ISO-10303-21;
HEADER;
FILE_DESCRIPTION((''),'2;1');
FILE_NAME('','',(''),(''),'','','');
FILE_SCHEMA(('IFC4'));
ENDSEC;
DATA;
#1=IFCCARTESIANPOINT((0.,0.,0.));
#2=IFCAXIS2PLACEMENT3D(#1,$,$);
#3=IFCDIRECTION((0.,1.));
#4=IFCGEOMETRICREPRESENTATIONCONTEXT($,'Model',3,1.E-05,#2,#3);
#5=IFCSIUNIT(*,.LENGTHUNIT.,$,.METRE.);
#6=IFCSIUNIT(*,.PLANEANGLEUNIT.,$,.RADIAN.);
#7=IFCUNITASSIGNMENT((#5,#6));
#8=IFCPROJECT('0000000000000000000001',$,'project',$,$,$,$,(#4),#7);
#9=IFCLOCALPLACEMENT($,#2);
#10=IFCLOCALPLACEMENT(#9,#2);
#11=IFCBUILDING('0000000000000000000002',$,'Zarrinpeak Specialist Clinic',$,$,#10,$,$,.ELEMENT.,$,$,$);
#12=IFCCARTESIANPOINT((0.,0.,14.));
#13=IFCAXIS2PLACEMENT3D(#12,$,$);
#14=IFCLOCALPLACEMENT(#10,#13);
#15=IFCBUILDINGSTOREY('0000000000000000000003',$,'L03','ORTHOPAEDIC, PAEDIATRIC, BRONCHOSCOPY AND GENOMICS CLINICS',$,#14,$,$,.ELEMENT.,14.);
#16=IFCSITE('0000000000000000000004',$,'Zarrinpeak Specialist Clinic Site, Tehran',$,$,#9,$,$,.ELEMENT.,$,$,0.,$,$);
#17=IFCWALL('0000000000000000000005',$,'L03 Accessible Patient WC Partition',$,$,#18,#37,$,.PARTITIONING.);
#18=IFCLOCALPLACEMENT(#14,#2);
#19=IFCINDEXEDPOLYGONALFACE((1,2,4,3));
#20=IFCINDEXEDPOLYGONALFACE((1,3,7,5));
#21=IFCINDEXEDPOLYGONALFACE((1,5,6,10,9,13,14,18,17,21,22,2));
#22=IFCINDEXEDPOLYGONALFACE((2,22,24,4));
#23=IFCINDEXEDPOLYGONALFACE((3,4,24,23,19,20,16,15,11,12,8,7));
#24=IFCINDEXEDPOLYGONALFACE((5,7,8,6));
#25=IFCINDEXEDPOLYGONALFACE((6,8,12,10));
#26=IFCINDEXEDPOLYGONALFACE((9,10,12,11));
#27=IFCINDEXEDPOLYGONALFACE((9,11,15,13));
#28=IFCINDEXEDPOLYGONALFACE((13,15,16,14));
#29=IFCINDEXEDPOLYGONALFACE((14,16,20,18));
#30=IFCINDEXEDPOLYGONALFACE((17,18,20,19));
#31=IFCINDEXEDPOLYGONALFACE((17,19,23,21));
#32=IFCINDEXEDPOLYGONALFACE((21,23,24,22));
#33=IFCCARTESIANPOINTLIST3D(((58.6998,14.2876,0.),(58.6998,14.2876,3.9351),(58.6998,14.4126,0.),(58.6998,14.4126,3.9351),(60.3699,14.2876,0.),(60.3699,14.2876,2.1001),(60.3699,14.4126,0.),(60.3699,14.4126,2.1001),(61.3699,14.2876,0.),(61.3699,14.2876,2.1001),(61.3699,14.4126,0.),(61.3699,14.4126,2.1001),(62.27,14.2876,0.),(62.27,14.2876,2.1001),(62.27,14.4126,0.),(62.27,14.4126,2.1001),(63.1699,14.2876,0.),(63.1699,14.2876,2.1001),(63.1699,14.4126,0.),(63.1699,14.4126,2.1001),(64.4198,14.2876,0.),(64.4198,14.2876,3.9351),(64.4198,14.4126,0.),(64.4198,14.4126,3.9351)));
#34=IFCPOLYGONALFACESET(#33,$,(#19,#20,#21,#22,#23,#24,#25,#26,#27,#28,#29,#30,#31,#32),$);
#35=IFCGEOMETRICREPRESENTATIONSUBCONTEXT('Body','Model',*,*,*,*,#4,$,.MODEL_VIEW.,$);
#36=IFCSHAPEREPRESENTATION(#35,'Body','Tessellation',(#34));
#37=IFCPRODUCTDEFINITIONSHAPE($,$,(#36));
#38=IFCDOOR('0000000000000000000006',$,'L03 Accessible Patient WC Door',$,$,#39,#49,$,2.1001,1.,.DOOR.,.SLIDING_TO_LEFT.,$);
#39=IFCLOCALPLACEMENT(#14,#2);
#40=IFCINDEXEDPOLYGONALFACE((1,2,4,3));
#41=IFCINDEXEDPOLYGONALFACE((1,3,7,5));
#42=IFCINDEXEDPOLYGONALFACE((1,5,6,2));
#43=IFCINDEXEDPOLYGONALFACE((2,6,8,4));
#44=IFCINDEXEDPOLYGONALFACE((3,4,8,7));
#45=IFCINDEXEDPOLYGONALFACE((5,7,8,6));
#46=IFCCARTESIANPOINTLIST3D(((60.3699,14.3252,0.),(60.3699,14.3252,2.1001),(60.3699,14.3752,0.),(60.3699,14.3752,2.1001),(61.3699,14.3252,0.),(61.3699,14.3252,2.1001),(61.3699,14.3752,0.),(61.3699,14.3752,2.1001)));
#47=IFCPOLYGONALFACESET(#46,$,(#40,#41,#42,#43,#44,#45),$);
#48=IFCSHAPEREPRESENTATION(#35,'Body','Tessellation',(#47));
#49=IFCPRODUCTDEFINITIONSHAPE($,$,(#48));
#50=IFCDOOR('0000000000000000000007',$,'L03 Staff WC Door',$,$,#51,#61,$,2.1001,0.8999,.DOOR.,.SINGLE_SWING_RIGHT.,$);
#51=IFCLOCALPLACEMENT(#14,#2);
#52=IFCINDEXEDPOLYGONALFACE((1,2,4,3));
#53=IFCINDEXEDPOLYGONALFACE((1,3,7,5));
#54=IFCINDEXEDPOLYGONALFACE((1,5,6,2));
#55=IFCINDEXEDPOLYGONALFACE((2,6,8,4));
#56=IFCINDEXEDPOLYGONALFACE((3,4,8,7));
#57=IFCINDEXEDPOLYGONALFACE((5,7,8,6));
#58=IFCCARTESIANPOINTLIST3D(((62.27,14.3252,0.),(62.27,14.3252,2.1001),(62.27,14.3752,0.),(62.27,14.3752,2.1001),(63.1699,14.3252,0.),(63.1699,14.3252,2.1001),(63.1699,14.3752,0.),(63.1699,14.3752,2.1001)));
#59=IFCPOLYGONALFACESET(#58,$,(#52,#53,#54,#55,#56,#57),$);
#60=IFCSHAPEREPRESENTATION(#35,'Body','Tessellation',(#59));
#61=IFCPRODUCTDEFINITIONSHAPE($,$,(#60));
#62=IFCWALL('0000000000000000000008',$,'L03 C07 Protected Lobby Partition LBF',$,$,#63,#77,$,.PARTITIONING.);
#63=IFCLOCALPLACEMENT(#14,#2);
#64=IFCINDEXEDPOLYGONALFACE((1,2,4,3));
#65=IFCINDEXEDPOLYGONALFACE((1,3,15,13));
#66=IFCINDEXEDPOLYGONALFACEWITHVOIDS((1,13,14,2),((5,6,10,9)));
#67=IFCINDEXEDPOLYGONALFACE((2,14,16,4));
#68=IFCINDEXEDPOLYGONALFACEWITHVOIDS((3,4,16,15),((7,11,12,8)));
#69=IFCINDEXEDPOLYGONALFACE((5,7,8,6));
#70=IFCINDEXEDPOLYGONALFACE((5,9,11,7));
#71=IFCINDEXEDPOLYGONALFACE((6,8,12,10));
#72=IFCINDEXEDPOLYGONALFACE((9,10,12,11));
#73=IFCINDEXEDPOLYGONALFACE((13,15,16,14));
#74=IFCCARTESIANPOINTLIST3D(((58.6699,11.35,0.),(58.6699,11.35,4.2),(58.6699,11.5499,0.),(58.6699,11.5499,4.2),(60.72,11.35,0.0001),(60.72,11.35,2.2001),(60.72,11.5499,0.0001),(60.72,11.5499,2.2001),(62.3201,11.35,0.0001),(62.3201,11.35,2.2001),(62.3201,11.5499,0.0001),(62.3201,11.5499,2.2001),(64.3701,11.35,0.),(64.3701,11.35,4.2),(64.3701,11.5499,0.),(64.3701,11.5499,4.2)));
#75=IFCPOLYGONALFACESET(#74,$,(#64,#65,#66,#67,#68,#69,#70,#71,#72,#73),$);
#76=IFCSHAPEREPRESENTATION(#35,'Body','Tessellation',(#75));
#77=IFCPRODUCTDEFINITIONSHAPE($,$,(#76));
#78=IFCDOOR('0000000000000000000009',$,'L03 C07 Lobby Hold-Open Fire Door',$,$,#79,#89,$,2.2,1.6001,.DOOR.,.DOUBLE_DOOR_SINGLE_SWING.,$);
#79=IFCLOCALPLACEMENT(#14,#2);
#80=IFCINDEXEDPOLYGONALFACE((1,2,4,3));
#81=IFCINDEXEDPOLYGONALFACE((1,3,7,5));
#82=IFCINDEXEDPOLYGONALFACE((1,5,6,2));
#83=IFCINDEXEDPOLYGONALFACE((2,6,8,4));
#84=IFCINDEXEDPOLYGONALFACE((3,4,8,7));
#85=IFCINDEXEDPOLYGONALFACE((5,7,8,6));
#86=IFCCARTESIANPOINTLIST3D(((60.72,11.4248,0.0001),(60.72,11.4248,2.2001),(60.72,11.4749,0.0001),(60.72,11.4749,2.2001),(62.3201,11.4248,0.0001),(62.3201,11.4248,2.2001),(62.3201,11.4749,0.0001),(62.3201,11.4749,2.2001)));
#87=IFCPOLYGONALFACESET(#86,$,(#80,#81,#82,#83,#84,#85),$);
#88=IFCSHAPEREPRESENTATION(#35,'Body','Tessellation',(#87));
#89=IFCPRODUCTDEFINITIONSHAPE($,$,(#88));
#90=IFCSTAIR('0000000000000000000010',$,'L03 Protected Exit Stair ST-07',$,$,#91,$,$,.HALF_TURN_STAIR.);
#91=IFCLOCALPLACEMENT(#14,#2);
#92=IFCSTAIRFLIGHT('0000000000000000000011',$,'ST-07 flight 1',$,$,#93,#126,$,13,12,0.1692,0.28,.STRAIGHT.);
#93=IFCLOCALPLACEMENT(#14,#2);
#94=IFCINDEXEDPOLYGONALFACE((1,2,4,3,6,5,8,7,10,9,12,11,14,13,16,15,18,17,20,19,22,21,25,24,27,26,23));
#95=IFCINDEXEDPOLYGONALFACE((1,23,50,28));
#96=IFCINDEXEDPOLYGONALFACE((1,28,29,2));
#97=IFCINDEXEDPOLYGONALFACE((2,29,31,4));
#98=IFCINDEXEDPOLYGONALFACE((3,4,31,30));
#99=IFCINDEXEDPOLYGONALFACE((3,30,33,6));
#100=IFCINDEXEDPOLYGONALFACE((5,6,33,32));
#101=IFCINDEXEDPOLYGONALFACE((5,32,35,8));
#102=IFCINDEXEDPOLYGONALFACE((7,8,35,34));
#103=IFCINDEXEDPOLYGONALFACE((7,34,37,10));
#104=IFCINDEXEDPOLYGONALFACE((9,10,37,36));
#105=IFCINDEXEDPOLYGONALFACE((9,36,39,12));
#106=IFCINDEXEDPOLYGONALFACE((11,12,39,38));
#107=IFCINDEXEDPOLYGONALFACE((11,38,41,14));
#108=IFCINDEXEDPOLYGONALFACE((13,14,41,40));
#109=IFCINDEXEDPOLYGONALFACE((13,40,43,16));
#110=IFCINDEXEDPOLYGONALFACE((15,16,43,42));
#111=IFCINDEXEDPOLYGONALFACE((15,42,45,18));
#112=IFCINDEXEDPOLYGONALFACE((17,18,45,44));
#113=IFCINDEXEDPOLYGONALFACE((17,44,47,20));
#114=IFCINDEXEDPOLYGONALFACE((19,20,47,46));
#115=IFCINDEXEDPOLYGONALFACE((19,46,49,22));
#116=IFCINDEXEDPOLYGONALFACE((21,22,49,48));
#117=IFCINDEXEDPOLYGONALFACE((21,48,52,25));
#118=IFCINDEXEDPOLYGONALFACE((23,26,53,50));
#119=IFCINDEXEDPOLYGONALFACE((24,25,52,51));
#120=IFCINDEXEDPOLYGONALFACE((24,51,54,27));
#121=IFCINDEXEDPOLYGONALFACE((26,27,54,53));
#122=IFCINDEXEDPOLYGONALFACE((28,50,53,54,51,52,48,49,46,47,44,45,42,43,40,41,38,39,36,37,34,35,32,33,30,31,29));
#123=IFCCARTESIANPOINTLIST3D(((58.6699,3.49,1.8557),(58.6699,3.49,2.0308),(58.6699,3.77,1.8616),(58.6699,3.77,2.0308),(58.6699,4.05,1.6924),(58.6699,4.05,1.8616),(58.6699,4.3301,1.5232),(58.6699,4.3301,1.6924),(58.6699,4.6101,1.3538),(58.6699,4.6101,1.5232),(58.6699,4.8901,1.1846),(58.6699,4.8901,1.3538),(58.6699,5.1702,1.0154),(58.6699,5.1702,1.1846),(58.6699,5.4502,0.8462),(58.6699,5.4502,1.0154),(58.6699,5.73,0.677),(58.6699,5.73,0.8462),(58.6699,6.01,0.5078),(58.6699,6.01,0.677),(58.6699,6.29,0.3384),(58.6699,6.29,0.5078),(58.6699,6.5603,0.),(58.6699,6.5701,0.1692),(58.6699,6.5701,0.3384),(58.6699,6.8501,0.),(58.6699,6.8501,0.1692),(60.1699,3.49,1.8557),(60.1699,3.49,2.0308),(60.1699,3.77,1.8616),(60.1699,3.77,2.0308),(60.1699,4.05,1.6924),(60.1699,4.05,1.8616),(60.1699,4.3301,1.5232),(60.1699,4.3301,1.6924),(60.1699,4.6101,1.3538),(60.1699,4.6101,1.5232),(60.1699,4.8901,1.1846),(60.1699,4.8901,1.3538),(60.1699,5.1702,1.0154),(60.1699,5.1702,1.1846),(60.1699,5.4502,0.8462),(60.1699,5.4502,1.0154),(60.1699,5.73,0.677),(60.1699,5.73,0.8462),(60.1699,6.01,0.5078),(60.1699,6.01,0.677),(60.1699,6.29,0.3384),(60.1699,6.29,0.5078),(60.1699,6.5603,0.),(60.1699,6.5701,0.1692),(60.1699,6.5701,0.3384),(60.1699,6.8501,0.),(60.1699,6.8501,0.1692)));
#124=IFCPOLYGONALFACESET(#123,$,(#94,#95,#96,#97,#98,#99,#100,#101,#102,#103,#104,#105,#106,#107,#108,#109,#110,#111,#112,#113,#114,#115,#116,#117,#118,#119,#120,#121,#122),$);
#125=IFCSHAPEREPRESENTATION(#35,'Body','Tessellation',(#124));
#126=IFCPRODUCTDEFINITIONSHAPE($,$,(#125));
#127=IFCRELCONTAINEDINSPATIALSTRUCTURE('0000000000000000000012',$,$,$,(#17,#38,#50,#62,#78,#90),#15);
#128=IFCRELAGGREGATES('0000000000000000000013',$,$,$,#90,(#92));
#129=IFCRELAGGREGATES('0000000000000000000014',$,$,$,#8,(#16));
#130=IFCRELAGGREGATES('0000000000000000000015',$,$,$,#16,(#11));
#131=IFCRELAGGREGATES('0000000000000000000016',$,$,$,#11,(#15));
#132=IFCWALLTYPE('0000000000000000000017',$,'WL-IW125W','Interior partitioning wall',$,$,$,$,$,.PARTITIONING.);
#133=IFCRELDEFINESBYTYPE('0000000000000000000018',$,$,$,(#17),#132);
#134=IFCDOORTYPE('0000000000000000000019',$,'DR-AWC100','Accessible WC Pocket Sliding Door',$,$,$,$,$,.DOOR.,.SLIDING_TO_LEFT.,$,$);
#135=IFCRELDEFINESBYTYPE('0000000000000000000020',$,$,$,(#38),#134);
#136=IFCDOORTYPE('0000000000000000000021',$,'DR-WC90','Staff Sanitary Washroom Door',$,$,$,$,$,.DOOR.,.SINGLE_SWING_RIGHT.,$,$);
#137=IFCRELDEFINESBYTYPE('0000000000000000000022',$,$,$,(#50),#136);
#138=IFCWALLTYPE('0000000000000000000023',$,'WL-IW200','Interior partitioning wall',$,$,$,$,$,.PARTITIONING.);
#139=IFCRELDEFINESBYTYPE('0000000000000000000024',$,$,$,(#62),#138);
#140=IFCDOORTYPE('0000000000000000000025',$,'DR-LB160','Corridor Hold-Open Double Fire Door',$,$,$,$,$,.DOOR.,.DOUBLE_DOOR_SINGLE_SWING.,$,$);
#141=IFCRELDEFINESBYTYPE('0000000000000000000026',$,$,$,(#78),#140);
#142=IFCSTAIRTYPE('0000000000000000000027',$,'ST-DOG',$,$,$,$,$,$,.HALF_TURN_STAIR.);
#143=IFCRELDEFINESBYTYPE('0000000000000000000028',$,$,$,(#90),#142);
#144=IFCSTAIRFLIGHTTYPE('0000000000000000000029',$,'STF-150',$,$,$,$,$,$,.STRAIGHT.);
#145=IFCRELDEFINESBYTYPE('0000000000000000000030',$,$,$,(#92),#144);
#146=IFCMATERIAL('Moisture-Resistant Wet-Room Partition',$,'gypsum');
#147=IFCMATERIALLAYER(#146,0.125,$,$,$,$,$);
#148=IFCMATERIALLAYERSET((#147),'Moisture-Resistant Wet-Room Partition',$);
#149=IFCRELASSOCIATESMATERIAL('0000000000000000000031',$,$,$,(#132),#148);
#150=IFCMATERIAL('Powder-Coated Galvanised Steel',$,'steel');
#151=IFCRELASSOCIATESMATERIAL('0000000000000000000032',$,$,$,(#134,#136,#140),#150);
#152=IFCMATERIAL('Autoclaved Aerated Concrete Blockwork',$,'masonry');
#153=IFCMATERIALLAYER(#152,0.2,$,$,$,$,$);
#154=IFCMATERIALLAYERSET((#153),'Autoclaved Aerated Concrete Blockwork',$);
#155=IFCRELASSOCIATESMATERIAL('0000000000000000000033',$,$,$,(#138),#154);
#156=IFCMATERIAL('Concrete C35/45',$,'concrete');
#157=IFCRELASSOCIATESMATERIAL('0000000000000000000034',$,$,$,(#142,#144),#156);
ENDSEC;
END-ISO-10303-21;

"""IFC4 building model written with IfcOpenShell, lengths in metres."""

from ifc_helpers import new_model, si_unit, direction, frame, frame_2d, origin, place, context, subcontext, project, spatial, polyline, rectangle, outline, extrude, material, layer, layer_set, type_object, element, fill, aggregate, save


model = new_model("IFC4")

# Units and contexts
model_context = context("Model", 3, precision=1e-05, world=origin(), true_north=direction((0.0, 1.0)))
body_context = subcontext(model_context, "Body", "Model", "MODEL_VIEW")
ifc_project = project(units=[si_unit("LENGTHUNIT", "METRE"), si_unit("PLANEANGLEUNIT", "RADIAN")], contexts=[model_context])

# Site, building, storey
site_placement = place(None, origin())
site = spatial("IfcSite", under=ifc_project, at=site_placement, Name="Zarrinpeak Specialist Clinic Site, Tehran", CompositionType="ELEMENT", RefElevation=0.0)
building_placement = place(site_placement, origin())
building = spatial("IfcBuilding", under=site, at=building_placement, Name="Zarrinpeak Specialist Clinic", CompositionType="ELEMENT")
storey_placement = place(building_placement, frame((0.0, 0.0, 14.0)))
storey = spatial("IfcBuildingStorey", under=building, at=storey_placement, Name="L03", Description="ORTHOPAEDIC, PAEDIATRIC, BRONCHOSCOPY AND GENOMICS CLINICS", CompositionType="ELEMENT", Elevation=14.0)

# Shared definitions
ifc_material_1 = material(Name="Powder-Coated Galvanised Steel", Category="steel")

# Wall, openings, doors
ifc_material_2 = material(Name="Moisture-Resistant Wet-Room Partition", Category="gypsum")
ifc_layer_1 = layer(ifc_material_2, 0.125)
ifc_layer_set_1 = layer_set([ifc_layer_1], Name="Moisture-Resistant Wet-Room Partition")
wall_type_1 = type_object("IfcWallType", Name="WL-IW125W", Description="Interior partitioning wall", PredefinedType="PARTITIONING", material=ifc_layer_set_1)
wall_1_placement = place(storey_placement, frame((58.7, 14.3501, 0.0), z_axis=(0.0, 0.0, 1.0), x_axis=(1.0, 0.0, 0.0)))
wall_1 = element("IfcWall", 1, at=wall_1_placement, inside=storey, type_object=wall_type_1, Name="L03 Accessible Patient WC Partition", PredefinedType="PARTITIONING", context=body_context, shape_type="SweptSolid", body=[
    extrude(rectangle(XDim=5.72, YDim=0.125, at=frame_2d((2.8599, 0.0))), origin(), (0.0, 0.0, 1.0), 3.9351),
])
opening_1_placement = place(wall_1_placement, frame((1.6699, 0.0, 0.0)))
opening_1 = element("IfcOpeningElement", 2, at=opening_1_placement, cuts=wall_1, PredefinedType="OPENING", context=body_context, shape_type="SweptSolid", body=[
    extrude(rectangle(XDim=1.0, YDim=2.1001, at=frame_2d((0.5, 1.05))), frame((0.0, 0.0725, 0.0), z_axis=(0.0, -1.0, 0.0), x_axis=(1.0, 0.0, 0.0)), (0.0, 0.0, 1.0), 0.145),
])
opening_2_placement = place(wall_1_placement, frame((3.5701, 0.0, 0.0)))
opening_2 = element("IfcOpeningElement", 3, at=opening_2_placement, cuts=wall_1, PredefinedType="OPENING", context=body_context, shape_type="SweptSolid", body=[
    extrude(rectangle(XDim=0.8999, YDim=2.1001, at=frame_2d((0.45, 1.05))), frame((0.0, 0.0725, 0.0), z_axis=(0.0, -1.0, 0.0), x_axis=(1.0, 0.0, 0.0)), (0.0, 0.0, 1.0), 0.145),
])
door_type_1 = type_object("IfcDoorType", Name="DR-AWC100", Description="Accessible WC Pocket Sliding Door", OperationType="SLIDING_TO_LEFT", PredefinedType="DOOR", material=ifc_material_1)
door_1_placement = place(opening_1_placement, frame((1.0, 0.0, 0.0), z_axis=(0.0, 0.0, 1.0), x_axis=(-1.0, 0.0, 0.0)))
door_1 = element("IfcDoor", 4, at=door_1_placement, inside=storey, type_object=door_type_1, Name="L03 Accessible Patient WC Door", OperationType="SLIDING_TO_LEFT", OverallHeight=2.1001, OverallWidth=1.0, PredefinedType="DOOR", context=body_context, shape_type="SweptSolid", body=[
    extrude(rectangle(XDim=1.0, YDim=2.1001, at=frame_2d((0.5, 1.05))), frame((0.0, 0.0249, 0.0), z_axis=(0.0, -1.0, 0.0), x_axis=(1.0, 0.0, 0.0)), (0.0, 0.0, 1.0), 0.05),
])
fill(opening_1, door_1)
door_type_2 = type_object("IfcDoorType", Name="DR-WC90", Description="Staff Sanitary Washroom Door", OperationType="SINGLE_SWING_RIGHT", PredefinedType="DOOR", material=ifc_material_1)
door_2_placement = place(opening_2_placement, frame((0.8999, 0.0, 0.0), z_axis=(0.0, 0.0, 1.0), x_axis=(-1.0, 0.0, 0.0)))
door_2 = element("IfcDoor", 5, at=door_2_placement, inside=storey, type_object=door_type_2, Name="L03 Staff WC Door", OperationType="SINGLE_SWING_RIGHT", OverallHeight=2.1001, OverallWidth=0.8999, PredefinedType="DOOR", context=body_context, shape_type="SweptSolid", body=[
    extrude(rectangle(XDim=0.8999, YDim=2.1001, at=frame_2d((0.45, 1.05))), frame((0.0, 0.0249, 0.0), z_axis=(0.0, -1.0, 0.0), x_axis=(1.0, 0.0, 0.0)), (0.0, 0.0, 1.0), 0.05),
])
fill(opening_2, door_2)

# Wall, opening, door
ifc_material_3 = material(Name="Autoclaved Aerated Concrete Blockwork", Category="masonry")
ifc_layer_2 = layer(ifc_material_3, 0.2)
ifc_layer_set_2 = layer_set([ifc_layer_2], Name="Autoclaved Aerated Concrete Blockwork")
wall_type_2 = type_object("IfcWallType", Name="WL-IW200", Description="Interior partitioning wall", PredefinedType="PARTITIONING", material=ifc_layer_set_2)
wall_2_placement = place(storey_placement, frame((58.6699, 11.45, 0.0), z_axis=(0.0, 0.0, 1.0), x_axis=(1.0, 0.0, 0.0)))
wall_2 = element("IfcWall", 6, at=wall_2_placement, inside=storey, type_object=wall_type_2, Name="L03 C07 Protected Lobby Partition LBF", PredefinedType="PARTITIONING", context=body_context, shape_type="SweptSolid", body=[
    extrude(rectangle(XDim=5.7002, YDim=0.2, at=frame_2d((2.8501, 0.0))), origin(), (0.0, 0.0, 1.0), 4.2),
])
opening_3_placement = place(wall_2_placement, frame((2.05, 0.0, 0.0)))
opening_3 = element("IfcOpeningElement", 7, at=opening_3_placement, cuts=wall_2, PredefinedType="OPENING", context=body_context, shape_type="SweptSolid", body=[
    extrude(rectangle(XDim=1.6001, YDim=2.2, at=frame_2d((0.8, 1.1001))), frame((0.0, 0.1099, 0.0), z_axis=(0.0, -1.0, 0.0), x_axis=(1.0, 0.0, 0.0)), (0.0, 0.0, 1.0), 0.22),
])
door_type_3 = type_object("IfcDoorType", Name="DR-LB160", Description="Corridor Hold-Open Double Fire Door", OperationType="DOUBLE_DOOR_SINGLE_SWING", PredefinedType="DOOR", material=ifc_material_1)
door_3_placement = place(opening_3_placement, origin())
door_3 = element("IfcDoor", 8, at=door_3_placement, inside=storey, type_object=door_type_3, Name="L03 C07 Lobby Hold-Open Fire Door", OperationType="DOUBLE_DOOR_SINGLE_SWING", OverallHeight=2.2, OverallWidth=1.6001, PredefinedType="DOOR", context=body_context, shape_type="SweptSolid", body=[
    extrude(rectangle(XDim=1.6001, YDim=2.2, at=frame_2d((0.8, 1.1001))), frame((0.0, 0.0249, 0.0), z_axis=(0.0, -1.0, 0.0), x_axis=(1.0, 0.0, 0.0)), (0.0, 0.0, 1.0), 0.05),
])
fill(opening_3, door_3)

# Stair, stair flight
ifc_material_4 = material(Name="Concrete C35/45", Category="concrete")
stair_type = type_object("IfcStairType", Name="ST-DOG", PredefinedType="HALF_TURN_STAIR", material=ifc_material_4)
stair_placement = place(storey_placement, origin())
stair = element("IfcStair", 9, at=stair_placement, inside=storey, type_object=stair_type, Name="L03 Protected Exit Stair ST-07", PredefinedType="HALF_TURN_STAIR")
stair_flight_type = type_object("IfcStairFlightType", Name="STF-150", PredefinedType="STRAIGHT", material=ifc_material_4)
stair_flight_placement = place(storey_placement, frame((59.4199, 6.8501, 0.0), z_axis=(0.0, 0.0, 1.0), x_axis=(0.0, -1.0, 0.0)))
stair_flight = element("IfcStairFlight", 10, at=stair_flight_placement, type_object=stair_flight_type, Name="ST-07 flight 1", NumberOfRisers=13, NumberOfTreads=12, PredefinedType="STRAIGHT", RiserHeight=0.1692, TreadLength=0.28, context=body_context, shape_type="SweptSolid", body=[
    extrude(outline(polyline([(0.0, 0.0), (0.0, 0.1692), (0.28, 0.1692), (0.28, 0.3384), (0.5601, 0.3384), (0.5601, 0.5078), (0.8401, 0.5078), (0.8401, 0.677), (1.1201, 0.677), (1.1201, 0.8462), (1.3999, 0.8462), (1.3999, 1.0154), (1.6799, 1.0154), (1.6799, 1.1846), (1.96, 1.1846), (1.96, 1.3538), (2.24, 1.3538), (2.24, 1.5232), (2.52, 1.5232), (2.52, 1.6924), (2.8, 1.6924), (2.8, 1.8616), (3.0801, 1.8616), (3.0801, 2.0308), (3.3601, 2.0308), (3.3601, 2.2), (3.3601, 1.8557), (0.2898, 0.0), (0.0, 0.0)])), frame((0.0, 0.75, 0.0), z_axis=(0.0, -1.0, 0.0), x_axis=(1.0, 0.0, 0.0)), (0.0, 0.0, 1.0), 1.5),
])
aggregate(stair, [stair_flight])

save(model, "model.ifc")
